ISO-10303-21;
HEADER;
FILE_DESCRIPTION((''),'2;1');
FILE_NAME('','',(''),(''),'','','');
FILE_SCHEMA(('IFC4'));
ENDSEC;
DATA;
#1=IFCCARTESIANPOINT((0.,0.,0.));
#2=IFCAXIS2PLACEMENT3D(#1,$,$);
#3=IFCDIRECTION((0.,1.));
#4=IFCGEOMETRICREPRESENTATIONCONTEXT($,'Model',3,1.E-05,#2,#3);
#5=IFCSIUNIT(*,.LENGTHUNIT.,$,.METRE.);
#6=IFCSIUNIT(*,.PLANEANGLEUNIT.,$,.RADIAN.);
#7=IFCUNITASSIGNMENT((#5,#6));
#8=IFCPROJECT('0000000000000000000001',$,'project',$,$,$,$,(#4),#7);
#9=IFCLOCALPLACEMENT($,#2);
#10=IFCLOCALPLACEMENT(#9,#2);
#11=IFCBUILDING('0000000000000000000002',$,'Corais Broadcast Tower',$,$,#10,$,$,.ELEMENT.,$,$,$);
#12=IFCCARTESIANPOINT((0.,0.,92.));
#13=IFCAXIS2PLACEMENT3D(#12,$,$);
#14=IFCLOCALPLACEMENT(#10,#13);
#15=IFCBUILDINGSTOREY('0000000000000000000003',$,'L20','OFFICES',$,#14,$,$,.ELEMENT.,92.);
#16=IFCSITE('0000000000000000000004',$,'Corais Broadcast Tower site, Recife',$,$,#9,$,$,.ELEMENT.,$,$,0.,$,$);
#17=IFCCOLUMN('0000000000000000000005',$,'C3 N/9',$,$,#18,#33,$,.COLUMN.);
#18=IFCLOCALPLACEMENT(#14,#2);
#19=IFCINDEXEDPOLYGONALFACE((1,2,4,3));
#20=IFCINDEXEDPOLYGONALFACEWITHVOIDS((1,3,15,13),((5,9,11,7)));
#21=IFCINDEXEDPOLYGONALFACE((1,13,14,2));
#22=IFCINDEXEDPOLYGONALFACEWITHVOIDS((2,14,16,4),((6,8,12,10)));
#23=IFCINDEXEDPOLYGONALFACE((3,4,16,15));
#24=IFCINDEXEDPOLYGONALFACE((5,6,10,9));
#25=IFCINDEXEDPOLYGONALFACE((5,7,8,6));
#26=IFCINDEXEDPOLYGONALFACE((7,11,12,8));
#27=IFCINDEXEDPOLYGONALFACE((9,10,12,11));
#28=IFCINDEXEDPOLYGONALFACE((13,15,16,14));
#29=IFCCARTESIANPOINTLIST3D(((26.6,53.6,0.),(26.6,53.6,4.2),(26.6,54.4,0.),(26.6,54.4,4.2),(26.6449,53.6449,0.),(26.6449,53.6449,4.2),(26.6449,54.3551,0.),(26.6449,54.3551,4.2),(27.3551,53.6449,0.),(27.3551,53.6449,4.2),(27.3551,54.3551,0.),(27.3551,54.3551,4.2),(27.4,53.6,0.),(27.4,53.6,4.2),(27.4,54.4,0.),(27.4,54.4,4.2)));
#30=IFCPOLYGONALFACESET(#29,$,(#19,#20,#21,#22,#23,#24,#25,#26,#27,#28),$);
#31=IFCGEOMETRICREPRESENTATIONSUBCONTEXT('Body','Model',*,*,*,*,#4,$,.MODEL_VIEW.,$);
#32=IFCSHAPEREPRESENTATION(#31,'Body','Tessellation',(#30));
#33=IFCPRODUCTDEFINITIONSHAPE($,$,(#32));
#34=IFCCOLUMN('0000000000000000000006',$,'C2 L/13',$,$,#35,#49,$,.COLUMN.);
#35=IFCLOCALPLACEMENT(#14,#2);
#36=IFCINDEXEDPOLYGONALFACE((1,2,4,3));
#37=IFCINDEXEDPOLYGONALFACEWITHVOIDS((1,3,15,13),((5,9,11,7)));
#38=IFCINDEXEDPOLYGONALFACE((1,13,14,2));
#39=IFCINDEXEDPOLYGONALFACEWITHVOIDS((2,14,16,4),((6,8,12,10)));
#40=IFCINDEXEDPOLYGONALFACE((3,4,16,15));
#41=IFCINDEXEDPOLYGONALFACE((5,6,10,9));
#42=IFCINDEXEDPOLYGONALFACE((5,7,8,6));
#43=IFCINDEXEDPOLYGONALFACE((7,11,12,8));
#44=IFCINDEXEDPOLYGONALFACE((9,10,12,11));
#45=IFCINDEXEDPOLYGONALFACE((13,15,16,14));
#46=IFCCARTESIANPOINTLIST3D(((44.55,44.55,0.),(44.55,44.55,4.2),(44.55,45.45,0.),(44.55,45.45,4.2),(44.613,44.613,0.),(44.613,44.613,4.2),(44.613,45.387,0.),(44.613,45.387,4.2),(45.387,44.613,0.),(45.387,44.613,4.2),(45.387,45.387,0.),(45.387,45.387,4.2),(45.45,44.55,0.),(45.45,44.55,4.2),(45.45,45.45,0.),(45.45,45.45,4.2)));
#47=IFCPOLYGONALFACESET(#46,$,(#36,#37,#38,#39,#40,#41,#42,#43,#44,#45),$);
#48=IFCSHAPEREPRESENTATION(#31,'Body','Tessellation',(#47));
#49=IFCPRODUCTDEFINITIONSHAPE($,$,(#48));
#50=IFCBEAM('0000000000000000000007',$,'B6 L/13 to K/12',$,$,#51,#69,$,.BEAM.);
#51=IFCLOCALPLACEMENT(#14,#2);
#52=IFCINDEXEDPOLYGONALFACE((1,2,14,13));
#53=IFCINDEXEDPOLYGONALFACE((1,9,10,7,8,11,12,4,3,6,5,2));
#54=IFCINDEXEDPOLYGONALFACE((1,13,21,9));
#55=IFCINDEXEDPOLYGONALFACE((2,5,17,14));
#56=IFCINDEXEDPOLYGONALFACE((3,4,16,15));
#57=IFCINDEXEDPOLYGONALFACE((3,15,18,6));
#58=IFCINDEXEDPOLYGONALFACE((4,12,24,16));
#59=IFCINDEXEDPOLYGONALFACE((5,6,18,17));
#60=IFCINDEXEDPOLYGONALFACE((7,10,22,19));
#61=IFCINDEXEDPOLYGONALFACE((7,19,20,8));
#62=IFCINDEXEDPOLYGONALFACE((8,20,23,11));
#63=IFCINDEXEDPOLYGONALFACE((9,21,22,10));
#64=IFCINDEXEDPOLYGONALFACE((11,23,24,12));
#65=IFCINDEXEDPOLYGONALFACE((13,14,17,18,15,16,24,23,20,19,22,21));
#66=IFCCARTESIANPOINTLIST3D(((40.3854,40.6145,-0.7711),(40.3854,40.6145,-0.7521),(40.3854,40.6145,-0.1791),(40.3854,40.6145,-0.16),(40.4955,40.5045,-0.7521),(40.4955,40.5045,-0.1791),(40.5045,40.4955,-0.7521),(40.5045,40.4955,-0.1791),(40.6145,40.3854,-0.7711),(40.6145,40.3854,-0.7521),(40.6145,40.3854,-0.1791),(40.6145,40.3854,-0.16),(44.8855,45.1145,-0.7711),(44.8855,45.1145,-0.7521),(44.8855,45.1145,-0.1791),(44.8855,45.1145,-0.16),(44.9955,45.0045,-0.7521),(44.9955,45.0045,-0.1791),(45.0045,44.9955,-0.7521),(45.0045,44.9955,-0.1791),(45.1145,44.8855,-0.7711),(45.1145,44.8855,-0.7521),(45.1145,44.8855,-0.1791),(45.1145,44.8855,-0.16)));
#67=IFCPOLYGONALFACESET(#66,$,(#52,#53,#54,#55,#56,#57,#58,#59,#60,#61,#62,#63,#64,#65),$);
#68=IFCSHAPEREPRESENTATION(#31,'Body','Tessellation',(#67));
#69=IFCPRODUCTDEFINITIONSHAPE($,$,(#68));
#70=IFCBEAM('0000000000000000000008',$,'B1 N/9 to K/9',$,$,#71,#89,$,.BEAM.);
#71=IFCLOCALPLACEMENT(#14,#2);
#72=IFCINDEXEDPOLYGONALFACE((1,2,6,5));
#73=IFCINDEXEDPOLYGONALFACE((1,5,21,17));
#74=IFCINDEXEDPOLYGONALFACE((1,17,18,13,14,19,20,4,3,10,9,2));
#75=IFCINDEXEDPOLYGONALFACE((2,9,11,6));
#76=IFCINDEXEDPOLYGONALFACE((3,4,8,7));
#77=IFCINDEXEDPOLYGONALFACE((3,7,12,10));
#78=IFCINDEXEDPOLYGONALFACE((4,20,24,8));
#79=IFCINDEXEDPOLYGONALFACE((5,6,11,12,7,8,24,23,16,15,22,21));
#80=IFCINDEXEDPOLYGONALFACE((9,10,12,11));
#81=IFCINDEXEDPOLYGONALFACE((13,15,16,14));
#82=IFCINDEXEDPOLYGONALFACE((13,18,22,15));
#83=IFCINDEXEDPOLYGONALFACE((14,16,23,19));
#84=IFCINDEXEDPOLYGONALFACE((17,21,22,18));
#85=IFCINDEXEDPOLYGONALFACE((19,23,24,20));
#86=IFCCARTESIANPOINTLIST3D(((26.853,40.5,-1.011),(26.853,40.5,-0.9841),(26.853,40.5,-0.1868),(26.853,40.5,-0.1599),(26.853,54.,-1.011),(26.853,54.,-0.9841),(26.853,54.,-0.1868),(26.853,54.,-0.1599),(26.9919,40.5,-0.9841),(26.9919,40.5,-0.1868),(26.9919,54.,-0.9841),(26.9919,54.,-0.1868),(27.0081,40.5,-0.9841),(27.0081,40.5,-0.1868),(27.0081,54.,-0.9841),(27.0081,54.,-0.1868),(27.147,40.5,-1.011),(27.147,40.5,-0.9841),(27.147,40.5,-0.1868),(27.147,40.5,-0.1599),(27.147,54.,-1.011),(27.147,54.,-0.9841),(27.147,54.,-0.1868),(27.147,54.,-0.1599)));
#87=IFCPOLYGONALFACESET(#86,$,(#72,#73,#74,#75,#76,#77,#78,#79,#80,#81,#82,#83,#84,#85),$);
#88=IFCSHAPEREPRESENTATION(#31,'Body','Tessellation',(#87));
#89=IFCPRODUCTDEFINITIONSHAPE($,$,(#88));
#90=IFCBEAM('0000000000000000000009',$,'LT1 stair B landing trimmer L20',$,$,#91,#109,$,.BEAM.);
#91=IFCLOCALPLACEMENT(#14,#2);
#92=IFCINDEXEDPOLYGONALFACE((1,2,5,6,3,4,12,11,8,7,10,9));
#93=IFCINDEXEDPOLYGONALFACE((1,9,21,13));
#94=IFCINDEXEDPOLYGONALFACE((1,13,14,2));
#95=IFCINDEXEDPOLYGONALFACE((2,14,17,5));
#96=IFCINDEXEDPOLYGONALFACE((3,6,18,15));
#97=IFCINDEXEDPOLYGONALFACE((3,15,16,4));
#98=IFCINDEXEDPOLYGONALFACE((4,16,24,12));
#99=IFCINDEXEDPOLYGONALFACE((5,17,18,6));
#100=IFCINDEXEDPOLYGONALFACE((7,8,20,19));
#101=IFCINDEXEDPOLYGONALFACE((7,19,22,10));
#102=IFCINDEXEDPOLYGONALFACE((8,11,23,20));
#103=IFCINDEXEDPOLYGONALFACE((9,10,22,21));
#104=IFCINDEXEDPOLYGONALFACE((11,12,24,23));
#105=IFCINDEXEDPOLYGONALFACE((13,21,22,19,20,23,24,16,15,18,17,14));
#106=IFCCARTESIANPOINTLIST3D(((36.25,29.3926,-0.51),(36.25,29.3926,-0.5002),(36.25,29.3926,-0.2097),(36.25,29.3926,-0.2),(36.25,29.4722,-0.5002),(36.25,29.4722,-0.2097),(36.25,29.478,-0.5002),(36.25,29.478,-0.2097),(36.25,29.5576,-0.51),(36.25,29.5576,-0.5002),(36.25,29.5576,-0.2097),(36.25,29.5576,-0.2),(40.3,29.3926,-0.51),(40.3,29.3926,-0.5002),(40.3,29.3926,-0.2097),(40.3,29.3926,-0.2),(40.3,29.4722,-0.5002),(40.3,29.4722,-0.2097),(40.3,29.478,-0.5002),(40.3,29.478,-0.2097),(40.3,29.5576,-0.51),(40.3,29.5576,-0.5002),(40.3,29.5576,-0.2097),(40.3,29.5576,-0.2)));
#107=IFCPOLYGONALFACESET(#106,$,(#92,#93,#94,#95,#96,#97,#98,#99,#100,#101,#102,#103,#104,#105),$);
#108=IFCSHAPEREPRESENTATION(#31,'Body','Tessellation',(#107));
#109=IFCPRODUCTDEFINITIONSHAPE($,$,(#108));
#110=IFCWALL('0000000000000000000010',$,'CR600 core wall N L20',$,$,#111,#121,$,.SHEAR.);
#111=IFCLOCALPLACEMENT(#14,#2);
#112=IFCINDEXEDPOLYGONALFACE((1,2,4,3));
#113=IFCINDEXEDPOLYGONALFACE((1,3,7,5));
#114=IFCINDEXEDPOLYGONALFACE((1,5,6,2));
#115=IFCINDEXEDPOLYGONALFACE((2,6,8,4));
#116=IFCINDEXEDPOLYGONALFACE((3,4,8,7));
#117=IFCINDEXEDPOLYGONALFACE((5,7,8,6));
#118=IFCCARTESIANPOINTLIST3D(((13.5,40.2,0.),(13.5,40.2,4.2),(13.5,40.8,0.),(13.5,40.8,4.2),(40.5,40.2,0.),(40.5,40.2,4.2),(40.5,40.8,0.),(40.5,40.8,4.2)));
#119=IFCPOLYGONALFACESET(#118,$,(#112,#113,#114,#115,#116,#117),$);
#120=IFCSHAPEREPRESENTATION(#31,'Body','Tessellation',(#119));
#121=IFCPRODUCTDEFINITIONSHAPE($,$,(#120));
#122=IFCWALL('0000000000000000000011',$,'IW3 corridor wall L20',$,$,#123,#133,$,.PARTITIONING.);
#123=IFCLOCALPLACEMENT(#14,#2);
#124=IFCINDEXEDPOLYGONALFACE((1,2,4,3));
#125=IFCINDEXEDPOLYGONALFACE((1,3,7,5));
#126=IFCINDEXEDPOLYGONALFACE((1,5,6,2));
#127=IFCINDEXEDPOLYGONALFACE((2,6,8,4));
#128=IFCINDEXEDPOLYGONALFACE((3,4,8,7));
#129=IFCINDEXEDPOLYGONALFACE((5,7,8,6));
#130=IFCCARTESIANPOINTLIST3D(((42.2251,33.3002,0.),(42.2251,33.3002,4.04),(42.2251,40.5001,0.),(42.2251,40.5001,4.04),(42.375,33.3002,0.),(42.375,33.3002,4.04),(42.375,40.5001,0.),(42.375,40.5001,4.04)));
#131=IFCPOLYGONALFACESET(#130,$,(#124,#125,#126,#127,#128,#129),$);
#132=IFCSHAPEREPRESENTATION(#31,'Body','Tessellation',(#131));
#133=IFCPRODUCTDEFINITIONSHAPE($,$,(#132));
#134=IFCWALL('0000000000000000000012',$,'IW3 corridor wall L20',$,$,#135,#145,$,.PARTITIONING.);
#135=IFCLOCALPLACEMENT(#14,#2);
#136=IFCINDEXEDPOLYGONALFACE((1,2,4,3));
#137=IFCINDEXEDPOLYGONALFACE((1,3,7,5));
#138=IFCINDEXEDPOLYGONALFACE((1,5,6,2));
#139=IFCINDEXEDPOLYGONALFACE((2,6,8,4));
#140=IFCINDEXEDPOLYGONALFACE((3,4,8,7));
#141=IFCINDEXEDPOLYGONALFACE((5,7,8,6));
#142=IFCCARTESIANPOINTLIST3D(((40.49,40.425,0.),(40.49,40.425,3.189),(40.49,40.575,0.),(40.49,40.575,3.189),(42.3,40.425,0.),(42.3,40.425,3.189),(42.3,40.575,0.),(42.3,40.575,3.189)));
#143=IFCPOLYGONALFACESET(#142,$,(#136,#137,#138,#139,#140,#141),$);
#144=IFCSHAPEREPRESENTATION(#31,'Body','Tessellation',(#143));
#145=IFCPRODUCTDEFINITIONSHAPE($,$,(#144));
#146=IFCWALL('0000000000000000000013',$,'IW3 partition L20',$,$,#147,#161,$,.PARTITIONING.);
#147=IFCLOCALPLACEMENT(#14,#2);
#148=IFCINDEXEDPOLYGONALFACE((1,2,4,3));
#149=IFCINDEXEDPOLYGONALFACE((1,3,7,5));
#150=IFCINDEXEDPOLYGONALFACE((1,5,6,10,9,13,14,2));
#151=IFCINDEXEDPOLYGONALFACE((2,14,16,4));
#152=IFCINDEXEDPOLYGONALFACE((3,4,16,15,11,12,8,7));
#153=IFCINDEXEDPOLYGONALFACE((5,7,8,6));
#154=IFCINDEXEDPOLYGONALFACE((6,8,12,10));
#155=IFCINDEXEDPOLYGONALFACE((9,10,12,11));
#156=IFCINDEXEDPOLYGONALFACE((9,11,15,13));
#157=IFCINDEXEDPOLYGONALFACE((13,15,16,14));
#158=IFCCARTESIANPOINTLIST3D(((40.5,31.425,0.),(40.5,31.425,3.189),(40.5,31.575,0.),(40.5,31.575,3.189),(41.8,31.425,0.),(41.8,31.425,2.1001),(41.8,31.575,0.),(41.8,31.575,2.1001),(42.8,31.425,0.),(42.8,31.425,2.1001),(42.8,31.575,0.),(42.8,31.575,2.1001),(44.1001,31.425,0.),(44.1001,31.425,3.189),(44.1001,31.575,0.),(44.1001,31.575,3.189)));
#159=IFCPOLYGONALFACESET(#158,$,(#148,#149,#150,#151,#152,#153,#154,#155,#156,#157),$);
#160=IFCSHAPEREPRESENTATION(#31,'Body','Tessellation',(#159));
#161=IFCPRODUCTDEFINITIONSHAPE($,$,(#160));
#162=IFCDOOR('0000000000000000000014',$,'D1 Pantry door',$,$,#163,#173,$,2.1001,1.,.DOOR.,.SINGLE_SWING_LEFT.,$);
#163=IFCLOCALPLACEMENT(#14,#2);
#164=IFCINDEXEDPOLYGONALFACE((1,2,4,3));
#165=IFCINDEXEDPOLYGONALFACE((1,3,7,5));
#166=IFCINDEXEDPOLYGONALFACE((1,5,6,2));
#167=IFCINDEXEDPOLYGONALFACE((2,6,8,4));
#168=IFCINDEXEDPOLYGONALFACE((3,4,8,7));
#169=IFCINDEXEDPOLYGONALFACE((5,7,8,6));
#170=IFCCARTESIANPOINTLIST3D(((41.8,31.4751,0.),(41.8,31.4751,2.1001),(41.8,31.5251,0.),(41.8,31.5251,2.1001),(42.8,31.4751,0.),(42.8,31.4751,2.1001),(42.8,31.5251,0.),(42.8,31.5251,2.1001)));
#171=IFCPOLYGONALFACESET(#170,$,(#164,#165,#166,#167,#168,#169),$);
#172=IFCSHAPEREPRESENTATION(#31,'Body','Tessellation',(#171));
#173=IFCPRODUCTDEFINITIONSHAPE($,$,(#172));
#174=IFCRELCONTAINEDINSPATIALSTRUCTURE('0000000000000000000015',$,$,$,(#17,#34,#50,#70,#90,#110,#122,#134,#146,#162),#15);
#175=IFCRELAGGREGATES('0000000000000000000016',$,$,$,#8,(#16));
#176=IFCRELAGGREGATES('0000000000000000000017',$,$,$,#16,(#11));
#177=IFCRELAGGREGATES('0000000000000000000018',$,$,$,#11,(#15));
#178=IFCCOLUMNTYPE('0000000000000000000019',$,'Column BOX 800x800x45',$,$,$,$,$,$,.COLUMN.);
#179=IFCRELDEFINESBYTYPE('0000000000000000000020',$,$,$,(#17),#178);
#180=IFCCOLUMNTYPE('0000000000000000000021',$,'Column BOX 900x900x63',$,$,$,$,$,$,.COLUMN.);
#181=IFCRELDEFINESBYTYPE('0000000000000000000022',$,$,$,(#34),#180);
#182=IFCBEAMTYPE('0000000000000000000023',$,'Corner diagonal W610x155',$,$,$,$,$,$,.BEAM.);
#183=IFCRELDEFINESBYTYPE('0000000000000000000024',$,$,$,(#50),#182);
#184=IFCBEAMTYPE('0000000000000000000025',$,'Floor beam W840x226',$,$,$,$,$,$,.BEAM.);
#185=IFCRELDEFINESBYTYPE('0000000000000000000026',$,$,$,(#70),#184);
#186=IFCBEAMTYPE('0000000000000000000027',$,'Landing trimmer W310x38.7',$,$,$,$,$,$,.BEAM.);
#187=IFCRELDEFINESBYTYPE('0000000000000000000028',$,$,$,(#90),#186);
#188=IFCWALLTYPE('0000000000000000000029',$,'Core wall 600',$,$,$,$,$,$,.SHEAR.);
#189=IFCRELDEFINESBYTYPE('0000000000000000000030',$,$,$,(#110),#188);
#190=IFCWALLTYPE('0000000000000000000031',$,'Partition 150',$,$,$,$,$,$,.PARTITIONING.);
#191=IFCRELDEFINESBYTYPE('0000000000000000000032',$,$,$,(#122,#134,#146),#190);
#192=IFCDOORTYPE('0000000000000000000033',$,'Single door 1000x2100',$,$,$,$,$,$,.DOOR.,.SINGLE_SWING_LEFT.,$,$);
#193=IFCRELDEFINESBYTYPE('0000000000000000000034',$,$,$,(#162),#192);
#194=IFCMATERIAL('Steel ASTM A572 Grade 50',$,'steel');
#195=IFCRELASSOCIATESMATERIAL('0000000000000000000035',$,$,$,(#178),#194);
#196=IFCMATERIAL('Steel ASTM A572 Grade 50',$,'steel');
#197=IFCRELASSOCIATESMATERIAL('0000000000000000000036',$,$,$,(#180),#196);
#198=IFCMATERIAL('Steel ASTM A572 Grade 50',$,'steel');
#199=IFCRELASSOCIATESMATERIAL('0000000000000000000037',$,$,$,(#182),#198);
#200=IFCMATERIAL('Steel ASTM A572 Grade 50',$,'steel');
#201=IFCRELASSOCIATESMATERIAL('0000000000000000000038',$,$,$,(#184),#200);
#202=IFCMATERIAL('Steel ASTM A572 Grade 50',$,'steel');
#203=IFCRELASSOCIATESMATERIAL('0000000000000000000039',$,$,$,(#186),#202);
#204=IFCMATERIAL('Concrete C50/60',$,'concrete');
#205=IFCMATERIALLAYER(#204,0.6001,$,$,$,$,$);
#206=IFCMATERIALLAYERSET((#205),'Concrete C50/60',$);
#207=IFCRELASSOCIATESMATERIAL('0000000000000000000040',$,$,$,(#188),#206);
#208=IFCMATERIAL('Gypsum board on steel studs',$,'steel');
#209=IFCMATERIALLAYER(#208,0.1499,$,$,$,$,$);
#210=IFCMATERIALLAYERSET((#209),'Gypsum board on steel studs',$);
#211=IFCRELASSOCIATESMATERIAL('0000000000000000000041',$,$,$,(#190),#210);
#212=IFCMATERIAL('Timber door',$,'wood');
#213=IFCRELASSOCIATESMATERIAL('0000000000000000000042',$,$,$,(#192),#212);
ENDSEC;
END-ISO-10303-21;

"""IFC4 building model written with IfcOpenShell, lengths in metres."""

from ifc_helpers import new_model, si_unit, direction, frame, frame_2d, origin, origin_2d, place, context, subcontext, project, spatial, rectangle, hollow_rectangle, i_section, extrude, material, layer, layer_set, material_profile, profile_set, type_object, element, fill, save


model = new_model("IFC4")

# Units and contexts
model_context = context("Model", 3, precision=1e-05, world=origin(), true_north=direction((0.0, 1.0)))
body_context = subcontext(model_context, "Body", "Model", "MODEL_VIEW")
ifc_project = project(units=[si_unit("LENGTHUNIT", "METRE"), si_unit("PLANEANGLEUNIT", "RADIAN")], contexts=[model_context])

# Site, building, storey
site_placement = place(None, origin())
site = spatial("IfcSite", under=ifc_project, at=site_placement, Name="Corais Broadcast Tower site, Recife", CompositionType="ELEMENT", RefElevation=0.0)
building_placement = place(site_placement, origin())
building = spatial("IfcBuilding", under=site, at=building_placement, Name="Corais Broadcast Tower", CompositionType="ELEMENT")
storey_placement = place(building_placement, frame((0.0, 0.0, 92.0)))
storey = spatial("IfcBuildingStorey", under=building, at=storey_placement, Name="L20", Description="OFFICES", CompositionType="ELEMENT", Elevation=92.0)

# Columns
ifc_material_1 = material(Name="Steel ASTM A572 Grade 50", Category="steel")
ifc_material_profile_1 = material_profile(ifc_material_1, hollow_rectangle(XDim=0.8, YDim=0.8, WallThickness=0.0449, at=origin_2d()), Name="BOX 800x800x45")
ifc_profile_set_1 = profile_set([ifc_material_profile_1], Name="Steel ASTM A572 Grade 50")
column_type_1 = type_object("IfcColumnType", Name="Column BOX 800x800x45", PredefinedType="COLUMN", material=ifc_profile_set_1)
column_1_placement = place(storey_placement, frame((27.0, 54.0, 0.0), z_axis=(0.0, 0.0, 1.0), x_axis=(1.0, 0.0, 0.0)))
element("IfcColumn", 1, at=column_1_placement, inside=storey, type_object=column_type_1, Name="C3 N/9", PredefinedType="COLUMN", context=body_context, shape_type="SweptSolid", body=[
    extrude(hollow_rectangle(XDim=0.8, YDim=0.8, WallThickness=0.0449, at=origin_2d()), origin(), (0.0, 0.0, 1.0), 4.2),
])
ifc_material_2 = material(Name="Steel ASTM A572 Grade 50", Category="steel")
ifc_material_profile_2 = material_profile(ifc_material_2, hollow_rectangle(XDim=0.8999, YDim=0.8999, WallThickness=0.063, at=origin_2d()), Name="BOX 900x900x63")
ifc_profile_set_2 = profile_set([ifc_material_profile_2], Name="Steel ASTM A572 Grade 50")
column_type_2 = type_object("IfcColumnType", Name="Column BOX 900x900x63", PredefinedType="COLUMN", material=ifc_profile_set_2)
column_2_placement = place(storey_placement, frame((45.0, 45.0, 0.0), z_axis=(0.0, 0.0, 1.0), x_axis=(1.0, 0.0, 0.0)))
element("IfcColumn", 2, at=column_2_placement, inside=storey, type_object=column_type_2, Name="C2 L/13", PredefinedType="COLUMN", context=body_context, shape_type="SweptSolid", body=[
    extrude(hollow_rectangle(XDim=0.8999, YDim=0.8999, WallThickness=0.063, at=origin_2d()), origin(), (0.0, 0.0, 1.0), 4.2),
])

# Beams
ifc_material_3 = material(Name="Steel ASTM A572 Grade 50", Category="steel")
ifc_material_profile_3 = material_profile(ifc_material_3, i_section(OverallWidth=0.324, OverallDepth=0.6111, WebThickness=0.0127, FlangeThickness=0.019, at=origin_2d()), Name="W610x155")
ifc_profile_set_3 = profile_set([ifc_material_profile_3], Name="Steel ASTM A572 Grade 50")
beam_type_1 = type_object("IfcBeamType", Name="Corner diagonal W610x155", PredefinedType="BEAM", material=ifc_profile_set_3)
beam_1_placement = place(storey_placement, frame((45.0, 45.0, -0.4656), z_axis=(-0.707107, -0.707107, 0.0), x_axis=(0.707107, -0.707107, 0.0)))
element("IfcBeam", 3, at=beam_1_placement, inside=storey, type_object=beam_type_1, Name="B6 L/13 to K/12", PredefinedType="BEAM", context=body_context, shape_type="SweptSolid", body=[
    extrude(i_section(OverallWidth=0.324, OverallDepth=0.6111, WebThickness=0.0127, FlangeThickness=0.019, at=origin_2d()), origin(), (0.0, 0.0, 1.0), 6.364),
])
ifc_material_4 = material(Name="Steel ASTM A572 Grade 50", Category="steel")
ifc_material_profile_4 = material_profile(ifc_material_4, i_section(OverallWidth=0.2939, OverallDepth=0.8511, WebThickness=0.0161, FlangeThickness=0.0269, at=origin_2d()), Name="W840x226")
ifc_profile_set_4 = profile_set([ifc_material_profile_4], Name="Steel ASTM A572 Grade 50")
beam_type_2 = type_object("IfcBeamType", Name="Floor beam W840x226", PredefinedType="BEAM", material=ifc_profile_set_4)
beam_2_placement = place(storey_placement, frame((27.0, 54.0, -0.5854), z_axis=(0.0, -1.0, 0.0), x_axis=(1.0, 0.0, 0.0)))
element("IfcBeam", 4, at=beam_2_placement, inside=storey, type_object=beam_type_2, Name="B1 N/9 to K/9", PredefinedType="BEAM", context=body_context, shape_type="SweptSolid", body=[
    extrude(i_section(OverallWidth=0.2939, OverallDepth=0.8511, WebThickness=0.0161, FlangeThickness=0.0269, at=origin_2d()), origin(), (0.0, 0.0, 1.0), 13.5),
])
ifc_material_5 = material(Name="Steel ASTM A572 Grade 50", Category="steel")
ifc_material_profile_5 = material_profile(ifc_material_5, i_section(OverallWidth=0.165, OverallDepth=0.3101, WebThickness=0.0059, FlangeThickness=0.0098, at=origin_2d()), Name="W310x38.7")
ifc_profile_set_5 = profile_set([ifc_material_profile_5], Name="Steel ASTM A572 Grade 50")
beam_type_3 = type_object("IfcBeamType", Name="Landing trimmer W310x38.7", PredefinedType="BEAM", material=ifc_profile_set_5)
beam_3_placement = place(storey_placement, frame((36.25, 29.4751, -0.355), z_axis=(1.0, 0.0, 0.0), x_axis=(0.0, 1.0, 0.0)))
element("IfcBeam", 5, at=beam_3_placement, inside=storey, type_object=beam_type_3, Name="LT1 stair B landing trimmer L20", PredefinedType="BEAM", context=body_context, shape_type="SweptSolid", body=[
    extrude(i_section(OverallWidth=0.165, OverallDepth=0.3101, WebThickness=0.0059, FlangeThickness=0.0098, at=origin_2d()), origin(), (0.0, 0.0, 1.0), 4.05),
])

# Walls
ifc_material_6 = material(Name="Concrete C50/60", Category="concrete")
ifc_layer_1 = layer(ifc_material_6, 0.6001)
ifc_layer_set_1 = layer_set([ifc_layer_1], Name="Concrete C50/60")
wall_type_1 = type_object("IfcWallType", Name="Core wall 600", PredefinedType="SHEAR", material=ifc_layer_set_1)
wall_1_placement = place(storey_placement, frame((40.5, 40.5, 0.0), z_axis=(0.0, 0.0, 1.0), x_axis=(-1.0, 0.0, 0.0)))
element("IfcWall", 6, at=wall_1_placement, inside=storey, type_object=wall_type_1, Name="CR600 core wall N L20", PredefinedType="SHEAR", context=body_context, shape_type="SweptSolid", body=[
    extrude(rectangle(XDim=27.0, YDim=0.6001, at=frame_2d((13.5, 0.0))), origin(), (0.0, 0.0, 1.0), 4.2),
])
ifc_material_7 = material(Name="Gypsum board on steel studs", Category="steel")
ifc_layer_2 = layer(ifc_material_7, 0.1499)
ifc_layer_set_2 = layer_set([ifc_layer_2], Name="Gypsum board on steel studs")
wall_type_2 = type_object("IfcWallType", Name="Partition 150", PredefinedType="PARTITIONING", material=ifc_layer_set_2)
wall_2_placement = place(storey_placement, frame((42.3, 33.3, 0.0), z_axis=(0.0, 0.0, 1.0), x_axis=(0.0, 1.0, 0.0)))
element("IfcWall", 7, at=wall_2_placement, inside=storey, type_object=wall_type_2, Name="IW3 corridor wall L20", PredefinedType="PARTITIONING", context=body_context, shape_type="SweptSolid", body=[
    extrude(rectangle(XDim=7.2, YDim=0.1499, at=frame_2d((3.6001, 0.0))), origin(), (0.0, 0.0, 1.0), 4.04),
])
wall_3_placement = place(storey_placement, frame((42.3, 40.5, 0.0), z_axis=(0.0, 0.0, 1.0), x_axis=(-1.0, 0.0, 0.0)))
element("IfcWall", 8, at=wall_3_placement, inside=storey, type_object=wall_type_2, Name="IW3 corridor wall L20", PredefinedType="PARTITIONING", context=body_context, shape_type="SweptSolid", body=[
    extrude(rectangle(XDim=1.8101, YDim=0.1499, at=frame_2d((0.905, 0.0))), origin(), (0.0, 0.0, 1.0), 3.189),
])

# Wall, opening, door
wall_4_placement = place(storey_placement, frame((44.1001, 31.5, 0.0), z_axis=(0.0, 0.0, 1.0), x_axis=(-1.0, 0.0, 0.0)))
wall_4 = element("IfcWall", 9, at=wall_4_placement, inside=storey, type_object=wall_type_2, Name="IW3 partition L20", PredefinedType="PARTITIONING", context=body_context, shape_type="SweptSolid", body=[
    extrude(rectangle(XDim=3.6001, YDim=0.1499, at=frame_2d((1.8, 0.0))), origin(), (0.0, 0.0, 1.0), 3.189),
])
opening_1_placement = place(wall_4_placement, frame((1.3, 0.0, 0.0)))
opening_1 = element("IfcOpeningElement", 10, at=opening_1_placement, cuts=wall_4, PredefinedType="OPENING", context=body_context, shape_type="SweptSolid", body=[
    extrude(rectangle(XDim=1.0, YDim=2.1001, at=frame_2d((0.5, 1.05))), frame((0.0, 0.085, 0.0), z_axis=(0.0, -1.0, 0.0), x_axis=(1.0, 0.0, 0.0)), (0.0, 0.0, 1.0), 0.1699),
])
ifc_material_8 = material(Name="Timber door", Category="wood")
door_type = type_object("IfcDoorType", Name="Single door 1000x2100", OperationType="SINGLE_SWING_LEFT", PredefinedType="DOOR", material=ifc_material_8)
door_1_placement = place(opening_1_placement, origin())
door_1 = element("IfcDoor", 11, at=door_1_placement, inside=storey, type_object=door_type, Name="D1 Pantry door", OperationType="SINGLE_SWING_LEFT", OverallHeight=2.1001, OverallWidth=1.0, PredefinedType="DOOR", context=body_context, shape_type="SweptSolid", body=[
    extrude(rectangle(XDim=1.0, YDim=2.1001, at=frame_2d((0.5, 1.05))), frame((0.0, 0.0249, 0.0), z_axis=(0.0, -1.0, 0.0), x_axis=(1.0, 0.0, 0.0)), (0.0, 0.0, 1.0), 0.05),
])
fill(opening_1, door_1)

save(model, "model.ifc")
